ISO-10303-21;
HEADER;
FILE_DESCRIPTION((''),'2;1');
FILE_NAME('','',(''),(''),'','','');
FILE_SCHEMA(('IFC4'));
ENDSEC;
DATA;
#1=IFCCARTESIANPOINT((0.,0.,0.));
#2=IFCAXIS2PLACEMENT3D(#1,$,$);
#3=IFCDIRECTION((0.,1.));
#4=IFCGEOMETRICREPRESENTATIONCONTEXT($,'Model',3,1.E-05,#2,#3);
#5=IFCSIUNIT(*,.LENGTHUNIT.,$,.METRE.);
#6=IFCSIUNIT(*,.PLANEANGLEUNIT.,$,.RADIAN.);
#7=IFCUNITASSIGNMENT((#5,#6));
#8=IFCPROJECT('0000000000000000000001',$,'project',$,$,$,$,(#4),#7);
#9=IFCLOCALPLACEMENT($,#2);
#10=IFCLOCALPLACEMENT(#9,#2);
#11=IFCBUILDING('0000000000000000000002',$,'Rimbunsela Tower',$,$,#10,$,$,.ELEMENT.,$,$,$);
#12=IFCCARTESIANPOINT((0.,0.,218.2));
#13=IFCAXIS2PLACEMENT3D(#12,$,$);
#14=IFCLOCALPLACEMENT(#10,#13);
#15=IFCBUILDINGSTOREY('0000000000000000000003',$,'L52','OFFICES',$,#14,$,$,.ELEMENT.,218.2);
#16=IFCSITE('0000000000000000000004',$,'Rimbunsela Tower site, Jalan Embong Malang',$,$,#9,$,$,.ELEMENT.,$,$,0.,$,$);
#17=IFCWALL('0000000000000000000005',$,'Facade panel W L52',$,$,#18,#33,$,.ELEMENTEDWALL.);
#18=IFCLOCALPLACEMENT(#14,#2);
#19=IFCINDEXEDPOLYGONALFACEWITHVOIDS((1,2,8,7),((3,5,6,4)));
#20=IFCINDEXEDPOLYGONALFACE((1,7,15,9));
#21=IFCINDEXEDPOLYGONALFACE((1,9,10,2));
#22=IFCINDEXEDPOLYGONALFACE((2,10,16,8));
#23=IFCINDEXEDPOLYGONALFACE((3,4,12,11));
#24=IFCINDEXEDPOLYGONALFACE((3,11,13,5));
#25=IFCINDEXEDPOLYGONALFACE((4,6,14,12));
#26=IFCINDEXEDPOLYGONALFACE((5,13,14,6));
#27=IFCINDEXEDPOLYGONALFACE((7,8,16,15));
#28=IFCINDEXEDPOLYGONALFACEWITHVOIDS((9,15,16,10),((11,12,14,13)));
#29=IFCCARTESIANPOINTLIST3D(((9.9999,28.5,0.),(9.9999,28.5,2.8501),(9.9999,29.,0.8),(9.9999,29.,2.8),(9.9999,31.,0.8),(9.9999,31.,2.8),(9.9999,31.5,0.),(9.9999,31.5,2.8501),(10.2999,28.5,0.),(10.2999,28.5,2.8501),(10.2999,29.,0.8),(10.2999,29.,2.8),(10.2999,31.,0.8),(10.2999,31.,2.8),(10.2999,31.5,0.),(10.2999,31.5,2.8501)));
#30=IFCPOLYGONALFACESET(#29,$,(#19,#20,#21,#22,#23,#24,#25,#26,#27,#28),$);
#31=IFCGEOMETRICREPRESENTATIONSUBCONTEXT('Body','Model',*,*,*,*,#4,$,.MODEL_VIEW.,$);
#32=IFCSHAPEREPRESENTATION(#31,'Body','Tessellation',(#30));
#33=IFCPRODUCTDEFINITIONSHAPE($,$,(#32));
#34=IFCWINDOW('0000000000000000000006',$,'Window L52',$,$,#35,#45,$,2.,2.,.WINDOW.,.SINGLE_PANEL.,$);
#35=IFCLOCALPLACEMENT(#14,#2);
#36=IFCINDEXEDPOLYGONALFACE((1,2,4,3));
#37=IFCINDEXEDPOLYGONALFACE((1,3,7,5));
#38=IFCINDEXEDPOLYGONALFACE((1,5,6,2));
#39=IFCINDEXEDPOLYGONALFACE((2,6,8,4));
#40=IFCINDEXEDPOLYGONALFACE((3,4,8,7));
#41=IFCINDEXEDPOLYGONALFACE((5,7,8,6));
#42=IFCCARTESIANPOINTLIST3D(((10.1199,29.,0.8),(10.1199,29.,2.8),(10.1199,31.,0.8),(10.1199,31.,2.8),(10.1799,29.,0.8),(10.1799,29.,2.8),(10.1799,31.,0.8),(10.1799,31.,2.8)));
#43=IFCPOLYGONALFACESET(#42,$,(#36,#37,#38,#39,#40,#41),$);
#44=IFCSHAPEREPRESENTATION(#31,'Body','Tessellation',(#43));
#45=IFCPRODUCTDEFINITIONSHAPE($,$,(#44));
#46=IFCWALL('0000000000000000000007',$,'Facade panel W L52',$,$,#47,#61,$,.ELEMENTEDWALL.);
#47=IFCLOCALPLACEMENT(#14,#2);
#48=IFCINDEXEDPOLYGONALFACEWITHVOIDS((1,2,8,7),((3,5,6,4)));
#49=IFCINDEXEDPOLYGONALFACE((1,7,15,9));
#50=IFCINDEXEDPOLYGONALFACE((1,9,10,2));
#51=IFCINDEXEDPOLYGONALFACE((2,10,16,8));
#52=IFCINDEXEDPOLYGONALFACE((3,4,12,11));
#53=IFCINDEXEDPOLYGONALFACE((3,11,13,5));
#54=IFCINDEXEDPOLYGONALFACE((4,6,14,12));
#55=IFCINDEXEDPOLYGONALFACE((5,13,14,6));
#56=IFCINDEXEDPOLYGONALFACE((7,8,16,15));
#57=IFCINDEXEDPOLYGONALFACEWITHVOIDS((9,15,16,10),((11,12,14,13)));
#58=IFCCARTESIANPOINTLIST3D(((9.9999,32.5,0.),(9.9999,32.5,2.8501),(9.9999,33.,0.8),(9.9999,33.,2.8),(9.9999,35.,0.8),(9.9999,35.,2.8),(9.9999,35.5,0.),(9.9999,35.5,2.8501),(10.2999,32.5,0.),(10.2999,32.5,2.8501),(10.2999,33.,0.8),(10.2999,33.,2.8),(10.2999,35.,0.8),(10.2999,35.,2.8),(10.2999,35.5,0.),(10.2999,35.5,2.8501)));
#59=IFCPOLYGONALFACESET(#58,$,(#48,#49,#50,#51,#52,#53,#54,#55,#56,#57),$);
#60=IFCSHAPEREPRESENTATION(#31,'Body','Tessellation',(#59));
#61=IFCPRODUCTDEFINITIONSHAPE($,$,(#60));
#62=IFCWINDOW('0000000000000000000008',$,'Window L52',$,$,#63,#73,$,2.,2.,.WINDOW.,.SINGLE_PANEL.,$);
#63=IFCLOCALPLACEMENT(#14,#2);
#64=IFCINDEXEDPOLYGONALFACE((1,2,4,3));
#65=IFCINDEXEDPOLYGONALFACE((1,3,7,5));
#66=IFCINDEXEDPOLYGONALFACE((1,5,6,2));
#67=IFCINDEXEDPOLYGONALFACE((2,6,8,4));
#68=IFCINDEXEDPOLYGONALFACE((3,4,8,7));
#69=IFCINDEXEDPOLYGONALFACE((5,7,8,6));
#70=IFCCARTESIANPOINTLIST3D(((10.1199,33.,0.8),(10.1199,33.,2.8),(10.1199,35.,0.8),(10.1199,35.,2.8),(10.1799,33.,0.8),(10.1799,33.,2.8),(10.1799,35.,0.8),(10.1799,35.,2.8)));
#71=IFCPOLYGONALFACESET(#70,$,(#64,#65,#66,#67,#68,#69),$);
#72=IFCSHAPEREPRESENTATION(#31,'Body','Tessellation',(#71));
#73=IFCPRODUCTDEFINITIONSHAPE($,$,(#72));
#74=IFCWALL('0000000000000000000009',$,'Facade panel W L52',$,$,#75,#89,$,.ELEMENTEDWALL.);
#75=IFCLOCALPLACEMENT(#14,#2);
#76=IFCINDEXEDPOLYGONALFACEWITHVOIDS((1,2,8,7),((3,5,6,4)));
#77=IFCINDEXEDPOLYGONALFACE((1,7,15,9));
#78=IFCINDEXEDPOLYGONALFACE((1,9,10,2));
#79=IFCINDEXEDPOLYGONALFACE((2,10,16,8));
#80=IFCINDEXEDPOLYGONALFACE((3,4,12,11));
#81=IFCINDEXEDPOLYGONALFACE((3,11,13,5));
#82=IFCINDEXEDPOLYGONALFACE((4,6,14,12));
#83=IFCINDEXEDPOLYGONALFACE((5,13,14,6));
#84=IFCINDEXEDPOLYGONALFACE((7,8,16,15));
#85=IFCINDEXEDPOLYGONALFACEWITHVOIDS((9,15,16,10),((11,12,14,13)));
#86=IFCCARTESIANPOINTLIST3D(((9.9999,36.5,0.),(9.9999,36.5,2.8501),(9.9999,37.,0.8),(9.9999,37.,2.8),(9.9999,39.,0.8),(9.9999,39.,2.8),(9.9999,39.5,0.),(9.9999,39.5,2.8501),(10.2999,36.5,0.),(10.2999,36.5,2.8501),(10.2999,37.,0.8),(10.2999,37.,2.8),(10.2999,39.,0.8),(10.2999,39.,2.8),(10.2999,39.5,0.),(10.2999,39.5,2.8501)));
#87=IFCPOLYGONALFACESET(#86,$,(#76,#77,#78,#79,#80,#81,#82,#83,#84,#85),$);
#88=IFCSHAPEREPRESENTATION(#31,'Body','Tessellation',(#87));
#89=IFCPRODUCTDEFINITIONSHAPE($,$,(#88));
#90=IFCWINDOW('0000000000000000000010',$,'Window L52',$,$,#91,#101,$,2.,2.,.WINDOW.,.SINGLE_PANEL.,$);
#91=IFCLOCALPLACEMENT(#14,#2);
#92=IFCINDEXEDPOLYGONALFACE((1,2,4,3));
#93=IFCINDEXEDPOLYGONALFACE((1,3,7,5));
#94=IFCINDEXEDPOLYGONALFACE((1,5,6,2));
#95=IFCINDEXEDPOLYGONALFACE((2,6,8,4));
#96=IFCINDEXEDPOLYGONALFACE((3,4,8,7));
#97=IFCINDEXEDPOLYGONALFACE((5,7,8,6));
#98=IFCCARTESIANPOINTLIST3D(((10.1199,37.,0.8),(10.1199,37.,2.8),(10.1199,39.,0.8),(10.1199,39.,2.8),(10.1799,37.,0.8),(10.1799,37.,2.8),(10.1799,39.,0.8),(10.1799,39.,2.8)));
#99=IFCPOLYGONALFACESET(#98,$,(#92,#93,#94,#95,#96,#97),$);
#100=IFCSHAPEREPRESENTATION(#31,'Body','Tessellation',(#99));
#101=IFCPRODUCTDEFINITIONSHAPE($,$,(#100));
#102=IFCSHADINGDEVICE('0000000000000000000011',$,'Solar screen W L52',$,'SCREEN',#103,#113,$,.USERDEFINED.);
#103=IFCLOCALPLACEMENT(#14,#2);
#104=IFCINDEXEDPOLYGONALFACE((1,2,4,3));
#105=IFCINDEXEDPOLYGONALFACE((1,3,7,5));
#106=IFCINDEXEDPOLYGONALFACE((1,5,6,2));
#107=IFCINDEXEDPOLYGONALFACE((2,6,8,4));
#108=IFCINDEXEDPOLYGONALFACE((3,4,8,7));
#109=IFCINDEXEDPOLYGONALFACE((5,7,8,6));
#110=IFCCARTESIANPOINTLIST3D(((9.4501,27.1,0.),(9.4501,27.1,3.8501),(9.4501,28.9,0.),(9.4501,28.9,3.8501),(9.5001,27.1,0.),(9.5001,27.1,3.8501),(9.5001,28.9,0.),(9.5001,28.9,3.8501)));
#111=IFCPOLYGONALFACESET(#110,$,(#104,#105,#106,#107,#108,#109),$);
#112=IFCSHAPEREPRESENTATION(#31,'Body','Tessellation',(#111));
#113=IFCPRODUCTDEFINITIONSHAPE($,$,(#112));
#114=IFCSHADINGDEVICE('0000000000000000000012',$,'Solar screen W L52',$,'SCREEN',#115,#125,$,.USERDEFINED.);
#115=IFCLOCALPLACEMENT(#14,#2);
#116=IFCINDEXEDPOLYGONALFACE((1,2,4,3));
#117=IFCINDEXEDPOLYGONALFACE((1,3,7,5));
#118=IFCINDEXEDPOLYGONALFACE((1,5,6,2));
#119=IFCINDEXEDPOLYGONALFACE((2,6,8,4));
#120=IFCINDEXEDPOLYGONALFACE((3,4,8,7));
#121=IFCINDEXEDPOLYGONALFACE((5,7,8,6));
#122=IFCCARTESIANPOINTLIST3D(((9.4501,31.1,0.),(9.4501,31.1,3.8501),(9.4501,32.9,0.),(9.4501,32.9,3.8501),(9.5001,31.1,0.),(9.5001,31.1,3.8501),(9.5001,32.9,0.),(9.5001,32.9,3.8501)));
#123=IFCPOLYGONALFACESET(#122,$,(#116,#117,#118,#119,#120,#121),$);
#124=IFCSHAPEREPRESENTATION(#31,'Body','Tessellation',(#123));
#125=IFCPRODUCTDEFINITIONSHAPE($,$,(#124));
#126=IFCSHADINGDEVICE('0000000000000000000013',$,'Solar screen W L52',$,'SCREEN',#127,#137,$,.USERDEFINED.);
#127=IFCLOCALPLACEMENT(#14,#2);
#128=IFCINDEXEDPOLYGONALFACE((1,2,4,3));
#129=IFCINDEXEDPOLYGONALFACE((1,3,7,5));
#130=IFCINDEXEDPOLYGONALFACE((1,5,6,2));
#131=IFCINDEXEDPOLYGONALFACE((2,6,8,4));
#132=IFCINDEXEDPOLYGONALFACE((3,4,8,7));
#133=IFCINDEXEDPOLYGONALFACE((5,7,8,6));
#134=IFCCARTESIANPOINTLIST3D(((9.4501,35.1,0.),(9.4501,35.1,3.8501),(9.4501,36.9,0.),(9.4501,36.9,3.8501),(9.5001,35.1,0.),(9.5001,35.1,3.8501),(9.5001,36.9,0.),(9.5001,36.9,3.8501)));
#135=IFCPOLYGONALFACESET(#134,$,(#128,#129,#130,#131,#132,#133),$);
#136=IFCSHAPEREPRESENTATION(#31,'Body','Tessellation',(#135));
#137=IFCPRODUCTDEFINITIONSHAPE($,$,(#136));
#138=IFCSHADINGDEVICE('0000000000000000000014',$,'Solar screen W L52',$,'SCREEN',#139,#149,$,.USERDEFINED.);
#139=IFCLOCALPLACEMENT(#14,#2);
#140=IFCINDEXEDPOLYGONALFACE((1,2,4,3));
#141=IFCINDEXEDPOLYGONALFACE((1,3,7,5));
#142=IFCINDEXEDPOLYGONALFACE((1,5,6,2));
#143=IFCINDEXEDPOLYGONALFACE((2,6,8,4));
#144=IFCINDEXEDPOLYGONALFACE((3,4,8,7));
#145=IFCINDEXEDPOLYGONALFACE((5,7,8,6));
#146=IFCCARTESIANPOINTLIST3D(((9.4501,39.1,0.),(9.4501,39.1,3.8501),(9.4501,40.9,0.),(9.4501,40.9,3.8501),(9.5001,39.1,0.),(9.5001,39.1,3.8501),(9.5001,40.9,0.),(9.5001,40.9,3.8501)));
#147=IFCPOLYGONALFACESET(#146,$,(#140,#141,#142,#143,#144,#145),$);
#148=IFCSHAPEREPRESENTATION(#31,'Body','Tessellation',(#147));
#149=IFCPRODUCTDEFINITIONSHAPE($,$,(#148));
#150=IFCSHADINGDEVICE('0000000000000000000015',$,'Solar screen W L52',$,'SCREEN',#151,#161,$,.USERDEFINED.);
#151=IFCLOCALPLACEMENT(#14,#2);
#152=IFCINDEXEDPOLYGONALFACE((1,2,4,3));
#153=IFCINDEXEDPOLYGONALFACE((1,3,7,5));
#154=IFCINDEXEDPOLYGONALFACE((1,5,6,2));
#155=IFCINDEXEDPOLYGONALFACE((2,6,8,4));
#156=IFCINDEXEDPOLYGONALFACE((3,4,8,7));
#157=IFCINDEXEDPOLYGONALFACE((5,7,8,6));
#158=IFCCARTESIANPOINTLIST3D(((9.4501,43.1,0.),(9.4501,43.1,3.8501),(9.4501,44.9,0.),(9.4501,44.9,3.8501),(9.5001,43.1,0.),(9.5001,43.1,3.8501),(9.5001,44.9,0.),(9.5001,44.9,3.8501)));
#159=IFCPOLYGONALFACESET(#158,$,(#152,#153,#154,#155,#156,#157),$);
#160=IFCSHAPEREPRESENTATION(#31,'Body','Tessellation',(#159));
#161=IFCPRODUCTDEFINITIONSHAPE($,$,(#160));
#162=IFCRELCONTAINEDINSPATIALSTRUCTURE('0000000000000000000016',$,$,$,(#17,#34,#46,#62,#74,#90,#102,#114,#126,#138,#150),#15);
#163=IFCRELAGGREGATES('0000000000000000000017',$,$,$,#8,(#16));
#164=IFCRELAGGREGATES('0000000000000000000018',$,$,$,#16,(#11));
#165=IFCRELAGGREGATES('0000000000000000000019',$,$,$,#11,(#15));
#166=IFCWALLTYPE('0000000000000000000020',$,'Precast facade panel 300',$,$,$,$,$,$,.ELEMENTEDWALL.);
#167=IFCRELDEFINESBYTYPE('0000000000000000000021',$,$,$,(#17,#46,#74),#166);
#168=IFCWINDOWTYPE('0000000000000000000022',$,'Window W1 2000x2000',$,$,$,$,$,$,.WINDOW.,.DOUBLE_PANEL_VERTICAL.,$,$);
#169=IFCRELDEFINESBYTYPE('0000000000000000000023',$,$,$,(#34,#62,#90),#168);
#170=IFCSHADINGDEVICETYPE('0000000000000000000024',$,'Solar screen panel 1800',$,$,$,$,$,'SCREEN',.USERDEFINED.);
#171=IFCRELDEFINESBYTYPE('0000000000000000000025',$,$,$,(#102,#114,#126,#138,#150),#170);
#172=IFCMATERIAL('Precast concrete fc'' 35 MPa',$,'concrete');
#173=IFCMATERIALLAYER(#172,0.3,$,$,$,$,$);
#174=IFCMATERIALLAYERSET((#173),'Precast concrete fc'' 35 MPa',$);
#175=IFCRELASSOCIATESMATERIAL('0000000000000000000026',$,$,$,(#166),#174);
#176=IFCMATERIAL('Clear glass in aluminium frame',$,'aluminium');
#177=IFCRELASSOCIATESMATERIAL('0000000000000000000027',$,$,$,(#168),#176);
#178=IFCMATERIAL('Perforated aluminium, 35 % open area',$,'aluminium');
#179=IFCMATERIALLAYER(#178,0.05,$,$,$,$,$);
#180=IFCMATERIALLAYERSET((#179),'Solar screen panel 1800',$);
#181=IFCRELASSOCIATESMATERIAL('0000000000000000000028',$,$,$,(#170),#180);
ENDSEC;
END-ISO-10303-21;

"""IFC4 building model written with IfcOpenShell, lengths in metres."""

from ifc_helpers import new_model, si_unit, direction, frame, frame_2d, origin, origin_2d, place, context, subcontext, project, spatial, rectangle, extrude, material, layer, layer_set, type_object, element, fill, save


model = new_model("IFC4")

# Units and contexts
model_context = context("Model", 3, precision=1e-05, world=origin(), true_north=direction((0.0, 1.0)))
body_context = subcontext(model_context, "Body", "Model", "MODEL_VIEW")
ifc_project = project(units=[si_unit("LENGTHUNIT", "METRE"), si_unit("PLANEANGLEUNIT", "RADIAN")], contexts=[model_context])

# Site, building, storey
site_placement = place(None, origin())
site = spatial("IfcSite", under=ifc_project, at=site_placement, Name="Rimbunsela Tower site, Jalan Embong Malang", CompositionType="ELEMENT", RefElevation=0.0)
building_placement = place(site_placement, origin())
building = spatial("IfcBuilding", under=site, at=building_placement, Name="Rimbunsela Tower", CompositionType="ELEMENT")
storey_placement = place(building_placement, frame((0.0, 0.0, 218.2)))
storey = spatial("IfcBuildingStorey", under=building, at=storey_placement, Name="L52", Description="OFFICES", CompositionType="ELEMENT", Elevation=218.2)

# Walls, openings, windows
ifc_material_1 = material(Name="Precast concrete fc' 35 MPa", Category="concrete")
ifc_layer_1 = layer(ifc_material_1, 0.3)
ifc_layer_set_1 = layer_set([ifc_layer_1], Name="Precast concrete fc' 35 MPa")
wall_type = type_object("IfcWallType", Name="Precast facade panel 300", PredefinedType="ELEMENTEDWALL", material=ifc_layer_set_1)
wall_1_placement = place(storey_placement, frame((10.1499, 31.5, 0.0), z_axis=(0.0, 0.0, 1.0), x_axis=(0.0, -1.0, 0.0)))
wall_1 = element("IfcWall", 1, at=wall_1_placement, inside=storey, type_object=wall_type, Name="Facade panel W L52", PredefinedType="ELEMENTEDWALL", context=body_context, shape_type="SweptSolid", body=[
    extrude(rectangle(XDim=3.0, YDim=0.3, at=frame_2d((1.5, 0.0))), origin(), (0.0, 0.0, 1.0), 2.8501),
])
opening_1_placement = place(wall_1_placement, frame((0.5, 0.0, 0.8)))
opening_1 = element("IfcOpeningElement", 2, at=opening_1_placement, cuts=wall_1, PredefinedType="OPENING", context=body_context, shape_type="SweptSolid", body=[
    extrude(rectangle(XDim=2.0, YDim=2.0, at=frame_2d((1.0, 1.0))), frame((0.0, 0.1599, 0.0), z_axis=(0.0, -1.0, 0.0), x_axis=(1.0, 0.0, 0.0)), (0.0, 0.0, 1.0), 0.3201),
])
ifc_material_2 = material(Name="Clear glass in aluminium frame", Category="aluminium")
window_type = type_object("IfcWindowType", Name="Window W1 2000x2000", PartitioningType="DOUBLE_PANEL_VERTICAL", PredefinedType="WINDOW", material=ifc_material_2)
window_1_placement = place(opening_1_placement, origin())
window_1 = element("IfcWindow", 3, at=window_1_placement, inside=storey, type_object=window_type, Name="Window L52", OverallHeight=2.0, OverallWidth=2.0, PartitioningType="SINGLE_PANEL", PredefinedType="WINDOW", context=body_context, shape_type="SweptSolid", body=[
    extrude(rectangle(XDim=2.0, YDim=2.0, at=frame_2d((1.0, 1.0))), frame((0.0, 0.03, 0.0), z_axis=(0.0, -1.0, 0.0), x_axis=(1.0, 0.0, 0.0)), (0.0, 0.0, 1.0), 0.0601),
])
fill(opening_1, window_1)
wall_2_placement = place(storey_placement, frame((10.1499, 35.5, 0.0), z_axis=(0.0, 0.0, 1.0), x_axis=(0.0, -1.0, 0.0)))
wall_2 = element("IfcWall", 4, at=wall_2_placement, inside=storey, type_object=wall_type, Name="Facade panel W L52", PredefinedType="ELEMENTEDWALL", context=body_context, shape_type="SweptSolid", body=[
    extrude(rectangle(XDim=3.0, YDim=0.3, at=frame_2d((1.5, 0.0))), origin(), (0.0, 0.0, 1.0), 2.8501),
])
opening_2_placement = place(wall_2_placement, frame((0.5, 0.0, 0.8)))
opening_2 = element("IfcOpeningElement", 5, at=opening_2_placement, cuts=wall_2, PredefinedType="OPENING", context=body_context, shape_type="SweptSolid", body=[
    extrude(rectangle(XDim=2.0, YDim=2.0, at=frame_2d((1.0, 1.0))), frame((0.0, 0.1599, 0.0), z_axis=(0.0, -1.0, 0.0), x_axis=(1.0, 0.0, 0.0)), (0.0, 0.0, 1.0), 0.3201),
])
window_2_placement = place(opening_2_placement, origin())
window_2 = element("IfcWindow", 6, at=window_2_placement, inside=storey, type_object=window_type, Name="Window L52", OverallHeight=2.0, OverallWidth=2.0, PartitioningType="SINGLE_PANEL", PredefinedType="WINDOW", context=body_context, shape_type="SweptSolid", body=[
    extrude(rectangle(XDim=2.0, YDim=2.0, at=frame_2d((1.0, 1.0))), frame((0.0, 0.03, 0.0), z_axis=(0.0, -1.0, 0.0), x_axis=(1.0, 0.0, 0.0)), (0.0, 0.0, 1.0), 0.0601),
])
fill(opening_2, window_2)
wall_3_placement = place(storey_placement, frame((10.1499, 39.5, 0.0), z_axis=(0.0, 0.0, 1.0), x_axis=(0.0, -1.0, 0.0)))
wall_3 = element("IfcWall", 7, at=wall_3_placement, inside=storey, type_object=wall_type, Name="Facade panel W L52", PredefinedType="ELEMENTEDWALL", context=body_context, shape_type="SweptSolid", body=[
    extrude(rectangle(XDim=3.0, YDim=0.3, at=frame_2d((1.5, 0.0))), origin(), (0.0, 0.0, 1.0), 2.8501),
])
opening_3_placement = place(wall_3_placement, frame((0.5, 0.0, 0.8)))
opening_3 = element("IfcOpeningElement", 8, at=opening_3_placement, cuts=wall_3, PredefinedType="OPENING", context=body_context, shape_type="SweptSolid", body=[
    extrude(rectangle(XDim=2.0, YDim=2.0, at=frame_2d((1.0, 1.0))), frame((0.0, 0.1599, 0.0), z_axis=(0.0, -1.0, 0.0), x_axis=(1.0, 0.0, 0.0)), (0.0, 0.0, 1.0), 0.3201),
])
window_3_placement = place(opening_3_placement, origin())
window_3 = element("IfcWindow", 9, at=window_3_placement, inside=storey, type_object=window_type, Name="Window L52", OverallHeight=2.0, OverallWidth=2.0, PartitioningType="SINGLE_PANEL", PredefinedType="WINDOW", context=body_context, shape_type="SweptSolid", body=[
    extrude(rectangle(XDim=2.0, YDim=2.0, at=frame_2d((1.0, 1.0))), frame((0.0, 0.03, 0.0), z_axis=(0.0, -1.0, 0.0), x_axis=(1.0, 0.0, 0.0)), (0.0, 0.0, 1.0), 0.0601),
])
fill(opening_3, window_3)

# Shading devices
ifc_material_3 = material(Name="Perforated aluminium, 35 % open area", Category="aluminium")
ifc_layer_2 = layer(ifc_material_3, 0.05)
ifc_layer_set_2 = layer_set([ifc_layer_2], Name="Solar screen panel 1800")
shading_device_type = type_object("IfcShadingDeviceType", Name="Solar screen panel 1800", ElementType="SCREEN", PredefinedType="USERDEFINED", material=ifc_layer_set_2)
for number, where, z_axis, x_axis, name in (
    (10, (9.4751, 28.0, 0.0), (0.0, 0.0, 1.0), (0.0, 1.0, 0.0), "Solar screen W L52"),
    (11, (9.4751, 32.0, 0.0), (0.0, 0.0, 1.0), (0.0, 1.0, 0.0), "Solar screen W L52"),
    (12, (9.4751, 36.0, 0.0), (0.0, 0.0, 1.0), (0.0, 1.0, 0.0), "Solar screen W L52"),
    (13, (9.4751, 40.0, 0.0), (0.0, 0.0, 1.0), (0.0, 1.0, 0.0), "Solar screen W L52"),
    (14, (9.4751, 44.0, 0.0), (0.0, 0.0, 1.0), (0.0, 1.0, 0.0), "Solar screen W L52"),
):
    element("IfcShadingDevice", number, at=place(storey_placement, frame(where, z_axis=z_axis, x_axis=x_axis)), inside=storey, type_object=shading_device_type, Name=name, ObjectType="SCREEN", PredefinedType="USERDEFINED", context=body_context, shape_type="SweptSolid", body=[
        extrude(rectangle(XDim=1.8, YDim=0.05, at=origin_2d()), origin(), (0.0, 0.0, 1.0), 3.8501),
    ])

save(model, "model.ifc")
